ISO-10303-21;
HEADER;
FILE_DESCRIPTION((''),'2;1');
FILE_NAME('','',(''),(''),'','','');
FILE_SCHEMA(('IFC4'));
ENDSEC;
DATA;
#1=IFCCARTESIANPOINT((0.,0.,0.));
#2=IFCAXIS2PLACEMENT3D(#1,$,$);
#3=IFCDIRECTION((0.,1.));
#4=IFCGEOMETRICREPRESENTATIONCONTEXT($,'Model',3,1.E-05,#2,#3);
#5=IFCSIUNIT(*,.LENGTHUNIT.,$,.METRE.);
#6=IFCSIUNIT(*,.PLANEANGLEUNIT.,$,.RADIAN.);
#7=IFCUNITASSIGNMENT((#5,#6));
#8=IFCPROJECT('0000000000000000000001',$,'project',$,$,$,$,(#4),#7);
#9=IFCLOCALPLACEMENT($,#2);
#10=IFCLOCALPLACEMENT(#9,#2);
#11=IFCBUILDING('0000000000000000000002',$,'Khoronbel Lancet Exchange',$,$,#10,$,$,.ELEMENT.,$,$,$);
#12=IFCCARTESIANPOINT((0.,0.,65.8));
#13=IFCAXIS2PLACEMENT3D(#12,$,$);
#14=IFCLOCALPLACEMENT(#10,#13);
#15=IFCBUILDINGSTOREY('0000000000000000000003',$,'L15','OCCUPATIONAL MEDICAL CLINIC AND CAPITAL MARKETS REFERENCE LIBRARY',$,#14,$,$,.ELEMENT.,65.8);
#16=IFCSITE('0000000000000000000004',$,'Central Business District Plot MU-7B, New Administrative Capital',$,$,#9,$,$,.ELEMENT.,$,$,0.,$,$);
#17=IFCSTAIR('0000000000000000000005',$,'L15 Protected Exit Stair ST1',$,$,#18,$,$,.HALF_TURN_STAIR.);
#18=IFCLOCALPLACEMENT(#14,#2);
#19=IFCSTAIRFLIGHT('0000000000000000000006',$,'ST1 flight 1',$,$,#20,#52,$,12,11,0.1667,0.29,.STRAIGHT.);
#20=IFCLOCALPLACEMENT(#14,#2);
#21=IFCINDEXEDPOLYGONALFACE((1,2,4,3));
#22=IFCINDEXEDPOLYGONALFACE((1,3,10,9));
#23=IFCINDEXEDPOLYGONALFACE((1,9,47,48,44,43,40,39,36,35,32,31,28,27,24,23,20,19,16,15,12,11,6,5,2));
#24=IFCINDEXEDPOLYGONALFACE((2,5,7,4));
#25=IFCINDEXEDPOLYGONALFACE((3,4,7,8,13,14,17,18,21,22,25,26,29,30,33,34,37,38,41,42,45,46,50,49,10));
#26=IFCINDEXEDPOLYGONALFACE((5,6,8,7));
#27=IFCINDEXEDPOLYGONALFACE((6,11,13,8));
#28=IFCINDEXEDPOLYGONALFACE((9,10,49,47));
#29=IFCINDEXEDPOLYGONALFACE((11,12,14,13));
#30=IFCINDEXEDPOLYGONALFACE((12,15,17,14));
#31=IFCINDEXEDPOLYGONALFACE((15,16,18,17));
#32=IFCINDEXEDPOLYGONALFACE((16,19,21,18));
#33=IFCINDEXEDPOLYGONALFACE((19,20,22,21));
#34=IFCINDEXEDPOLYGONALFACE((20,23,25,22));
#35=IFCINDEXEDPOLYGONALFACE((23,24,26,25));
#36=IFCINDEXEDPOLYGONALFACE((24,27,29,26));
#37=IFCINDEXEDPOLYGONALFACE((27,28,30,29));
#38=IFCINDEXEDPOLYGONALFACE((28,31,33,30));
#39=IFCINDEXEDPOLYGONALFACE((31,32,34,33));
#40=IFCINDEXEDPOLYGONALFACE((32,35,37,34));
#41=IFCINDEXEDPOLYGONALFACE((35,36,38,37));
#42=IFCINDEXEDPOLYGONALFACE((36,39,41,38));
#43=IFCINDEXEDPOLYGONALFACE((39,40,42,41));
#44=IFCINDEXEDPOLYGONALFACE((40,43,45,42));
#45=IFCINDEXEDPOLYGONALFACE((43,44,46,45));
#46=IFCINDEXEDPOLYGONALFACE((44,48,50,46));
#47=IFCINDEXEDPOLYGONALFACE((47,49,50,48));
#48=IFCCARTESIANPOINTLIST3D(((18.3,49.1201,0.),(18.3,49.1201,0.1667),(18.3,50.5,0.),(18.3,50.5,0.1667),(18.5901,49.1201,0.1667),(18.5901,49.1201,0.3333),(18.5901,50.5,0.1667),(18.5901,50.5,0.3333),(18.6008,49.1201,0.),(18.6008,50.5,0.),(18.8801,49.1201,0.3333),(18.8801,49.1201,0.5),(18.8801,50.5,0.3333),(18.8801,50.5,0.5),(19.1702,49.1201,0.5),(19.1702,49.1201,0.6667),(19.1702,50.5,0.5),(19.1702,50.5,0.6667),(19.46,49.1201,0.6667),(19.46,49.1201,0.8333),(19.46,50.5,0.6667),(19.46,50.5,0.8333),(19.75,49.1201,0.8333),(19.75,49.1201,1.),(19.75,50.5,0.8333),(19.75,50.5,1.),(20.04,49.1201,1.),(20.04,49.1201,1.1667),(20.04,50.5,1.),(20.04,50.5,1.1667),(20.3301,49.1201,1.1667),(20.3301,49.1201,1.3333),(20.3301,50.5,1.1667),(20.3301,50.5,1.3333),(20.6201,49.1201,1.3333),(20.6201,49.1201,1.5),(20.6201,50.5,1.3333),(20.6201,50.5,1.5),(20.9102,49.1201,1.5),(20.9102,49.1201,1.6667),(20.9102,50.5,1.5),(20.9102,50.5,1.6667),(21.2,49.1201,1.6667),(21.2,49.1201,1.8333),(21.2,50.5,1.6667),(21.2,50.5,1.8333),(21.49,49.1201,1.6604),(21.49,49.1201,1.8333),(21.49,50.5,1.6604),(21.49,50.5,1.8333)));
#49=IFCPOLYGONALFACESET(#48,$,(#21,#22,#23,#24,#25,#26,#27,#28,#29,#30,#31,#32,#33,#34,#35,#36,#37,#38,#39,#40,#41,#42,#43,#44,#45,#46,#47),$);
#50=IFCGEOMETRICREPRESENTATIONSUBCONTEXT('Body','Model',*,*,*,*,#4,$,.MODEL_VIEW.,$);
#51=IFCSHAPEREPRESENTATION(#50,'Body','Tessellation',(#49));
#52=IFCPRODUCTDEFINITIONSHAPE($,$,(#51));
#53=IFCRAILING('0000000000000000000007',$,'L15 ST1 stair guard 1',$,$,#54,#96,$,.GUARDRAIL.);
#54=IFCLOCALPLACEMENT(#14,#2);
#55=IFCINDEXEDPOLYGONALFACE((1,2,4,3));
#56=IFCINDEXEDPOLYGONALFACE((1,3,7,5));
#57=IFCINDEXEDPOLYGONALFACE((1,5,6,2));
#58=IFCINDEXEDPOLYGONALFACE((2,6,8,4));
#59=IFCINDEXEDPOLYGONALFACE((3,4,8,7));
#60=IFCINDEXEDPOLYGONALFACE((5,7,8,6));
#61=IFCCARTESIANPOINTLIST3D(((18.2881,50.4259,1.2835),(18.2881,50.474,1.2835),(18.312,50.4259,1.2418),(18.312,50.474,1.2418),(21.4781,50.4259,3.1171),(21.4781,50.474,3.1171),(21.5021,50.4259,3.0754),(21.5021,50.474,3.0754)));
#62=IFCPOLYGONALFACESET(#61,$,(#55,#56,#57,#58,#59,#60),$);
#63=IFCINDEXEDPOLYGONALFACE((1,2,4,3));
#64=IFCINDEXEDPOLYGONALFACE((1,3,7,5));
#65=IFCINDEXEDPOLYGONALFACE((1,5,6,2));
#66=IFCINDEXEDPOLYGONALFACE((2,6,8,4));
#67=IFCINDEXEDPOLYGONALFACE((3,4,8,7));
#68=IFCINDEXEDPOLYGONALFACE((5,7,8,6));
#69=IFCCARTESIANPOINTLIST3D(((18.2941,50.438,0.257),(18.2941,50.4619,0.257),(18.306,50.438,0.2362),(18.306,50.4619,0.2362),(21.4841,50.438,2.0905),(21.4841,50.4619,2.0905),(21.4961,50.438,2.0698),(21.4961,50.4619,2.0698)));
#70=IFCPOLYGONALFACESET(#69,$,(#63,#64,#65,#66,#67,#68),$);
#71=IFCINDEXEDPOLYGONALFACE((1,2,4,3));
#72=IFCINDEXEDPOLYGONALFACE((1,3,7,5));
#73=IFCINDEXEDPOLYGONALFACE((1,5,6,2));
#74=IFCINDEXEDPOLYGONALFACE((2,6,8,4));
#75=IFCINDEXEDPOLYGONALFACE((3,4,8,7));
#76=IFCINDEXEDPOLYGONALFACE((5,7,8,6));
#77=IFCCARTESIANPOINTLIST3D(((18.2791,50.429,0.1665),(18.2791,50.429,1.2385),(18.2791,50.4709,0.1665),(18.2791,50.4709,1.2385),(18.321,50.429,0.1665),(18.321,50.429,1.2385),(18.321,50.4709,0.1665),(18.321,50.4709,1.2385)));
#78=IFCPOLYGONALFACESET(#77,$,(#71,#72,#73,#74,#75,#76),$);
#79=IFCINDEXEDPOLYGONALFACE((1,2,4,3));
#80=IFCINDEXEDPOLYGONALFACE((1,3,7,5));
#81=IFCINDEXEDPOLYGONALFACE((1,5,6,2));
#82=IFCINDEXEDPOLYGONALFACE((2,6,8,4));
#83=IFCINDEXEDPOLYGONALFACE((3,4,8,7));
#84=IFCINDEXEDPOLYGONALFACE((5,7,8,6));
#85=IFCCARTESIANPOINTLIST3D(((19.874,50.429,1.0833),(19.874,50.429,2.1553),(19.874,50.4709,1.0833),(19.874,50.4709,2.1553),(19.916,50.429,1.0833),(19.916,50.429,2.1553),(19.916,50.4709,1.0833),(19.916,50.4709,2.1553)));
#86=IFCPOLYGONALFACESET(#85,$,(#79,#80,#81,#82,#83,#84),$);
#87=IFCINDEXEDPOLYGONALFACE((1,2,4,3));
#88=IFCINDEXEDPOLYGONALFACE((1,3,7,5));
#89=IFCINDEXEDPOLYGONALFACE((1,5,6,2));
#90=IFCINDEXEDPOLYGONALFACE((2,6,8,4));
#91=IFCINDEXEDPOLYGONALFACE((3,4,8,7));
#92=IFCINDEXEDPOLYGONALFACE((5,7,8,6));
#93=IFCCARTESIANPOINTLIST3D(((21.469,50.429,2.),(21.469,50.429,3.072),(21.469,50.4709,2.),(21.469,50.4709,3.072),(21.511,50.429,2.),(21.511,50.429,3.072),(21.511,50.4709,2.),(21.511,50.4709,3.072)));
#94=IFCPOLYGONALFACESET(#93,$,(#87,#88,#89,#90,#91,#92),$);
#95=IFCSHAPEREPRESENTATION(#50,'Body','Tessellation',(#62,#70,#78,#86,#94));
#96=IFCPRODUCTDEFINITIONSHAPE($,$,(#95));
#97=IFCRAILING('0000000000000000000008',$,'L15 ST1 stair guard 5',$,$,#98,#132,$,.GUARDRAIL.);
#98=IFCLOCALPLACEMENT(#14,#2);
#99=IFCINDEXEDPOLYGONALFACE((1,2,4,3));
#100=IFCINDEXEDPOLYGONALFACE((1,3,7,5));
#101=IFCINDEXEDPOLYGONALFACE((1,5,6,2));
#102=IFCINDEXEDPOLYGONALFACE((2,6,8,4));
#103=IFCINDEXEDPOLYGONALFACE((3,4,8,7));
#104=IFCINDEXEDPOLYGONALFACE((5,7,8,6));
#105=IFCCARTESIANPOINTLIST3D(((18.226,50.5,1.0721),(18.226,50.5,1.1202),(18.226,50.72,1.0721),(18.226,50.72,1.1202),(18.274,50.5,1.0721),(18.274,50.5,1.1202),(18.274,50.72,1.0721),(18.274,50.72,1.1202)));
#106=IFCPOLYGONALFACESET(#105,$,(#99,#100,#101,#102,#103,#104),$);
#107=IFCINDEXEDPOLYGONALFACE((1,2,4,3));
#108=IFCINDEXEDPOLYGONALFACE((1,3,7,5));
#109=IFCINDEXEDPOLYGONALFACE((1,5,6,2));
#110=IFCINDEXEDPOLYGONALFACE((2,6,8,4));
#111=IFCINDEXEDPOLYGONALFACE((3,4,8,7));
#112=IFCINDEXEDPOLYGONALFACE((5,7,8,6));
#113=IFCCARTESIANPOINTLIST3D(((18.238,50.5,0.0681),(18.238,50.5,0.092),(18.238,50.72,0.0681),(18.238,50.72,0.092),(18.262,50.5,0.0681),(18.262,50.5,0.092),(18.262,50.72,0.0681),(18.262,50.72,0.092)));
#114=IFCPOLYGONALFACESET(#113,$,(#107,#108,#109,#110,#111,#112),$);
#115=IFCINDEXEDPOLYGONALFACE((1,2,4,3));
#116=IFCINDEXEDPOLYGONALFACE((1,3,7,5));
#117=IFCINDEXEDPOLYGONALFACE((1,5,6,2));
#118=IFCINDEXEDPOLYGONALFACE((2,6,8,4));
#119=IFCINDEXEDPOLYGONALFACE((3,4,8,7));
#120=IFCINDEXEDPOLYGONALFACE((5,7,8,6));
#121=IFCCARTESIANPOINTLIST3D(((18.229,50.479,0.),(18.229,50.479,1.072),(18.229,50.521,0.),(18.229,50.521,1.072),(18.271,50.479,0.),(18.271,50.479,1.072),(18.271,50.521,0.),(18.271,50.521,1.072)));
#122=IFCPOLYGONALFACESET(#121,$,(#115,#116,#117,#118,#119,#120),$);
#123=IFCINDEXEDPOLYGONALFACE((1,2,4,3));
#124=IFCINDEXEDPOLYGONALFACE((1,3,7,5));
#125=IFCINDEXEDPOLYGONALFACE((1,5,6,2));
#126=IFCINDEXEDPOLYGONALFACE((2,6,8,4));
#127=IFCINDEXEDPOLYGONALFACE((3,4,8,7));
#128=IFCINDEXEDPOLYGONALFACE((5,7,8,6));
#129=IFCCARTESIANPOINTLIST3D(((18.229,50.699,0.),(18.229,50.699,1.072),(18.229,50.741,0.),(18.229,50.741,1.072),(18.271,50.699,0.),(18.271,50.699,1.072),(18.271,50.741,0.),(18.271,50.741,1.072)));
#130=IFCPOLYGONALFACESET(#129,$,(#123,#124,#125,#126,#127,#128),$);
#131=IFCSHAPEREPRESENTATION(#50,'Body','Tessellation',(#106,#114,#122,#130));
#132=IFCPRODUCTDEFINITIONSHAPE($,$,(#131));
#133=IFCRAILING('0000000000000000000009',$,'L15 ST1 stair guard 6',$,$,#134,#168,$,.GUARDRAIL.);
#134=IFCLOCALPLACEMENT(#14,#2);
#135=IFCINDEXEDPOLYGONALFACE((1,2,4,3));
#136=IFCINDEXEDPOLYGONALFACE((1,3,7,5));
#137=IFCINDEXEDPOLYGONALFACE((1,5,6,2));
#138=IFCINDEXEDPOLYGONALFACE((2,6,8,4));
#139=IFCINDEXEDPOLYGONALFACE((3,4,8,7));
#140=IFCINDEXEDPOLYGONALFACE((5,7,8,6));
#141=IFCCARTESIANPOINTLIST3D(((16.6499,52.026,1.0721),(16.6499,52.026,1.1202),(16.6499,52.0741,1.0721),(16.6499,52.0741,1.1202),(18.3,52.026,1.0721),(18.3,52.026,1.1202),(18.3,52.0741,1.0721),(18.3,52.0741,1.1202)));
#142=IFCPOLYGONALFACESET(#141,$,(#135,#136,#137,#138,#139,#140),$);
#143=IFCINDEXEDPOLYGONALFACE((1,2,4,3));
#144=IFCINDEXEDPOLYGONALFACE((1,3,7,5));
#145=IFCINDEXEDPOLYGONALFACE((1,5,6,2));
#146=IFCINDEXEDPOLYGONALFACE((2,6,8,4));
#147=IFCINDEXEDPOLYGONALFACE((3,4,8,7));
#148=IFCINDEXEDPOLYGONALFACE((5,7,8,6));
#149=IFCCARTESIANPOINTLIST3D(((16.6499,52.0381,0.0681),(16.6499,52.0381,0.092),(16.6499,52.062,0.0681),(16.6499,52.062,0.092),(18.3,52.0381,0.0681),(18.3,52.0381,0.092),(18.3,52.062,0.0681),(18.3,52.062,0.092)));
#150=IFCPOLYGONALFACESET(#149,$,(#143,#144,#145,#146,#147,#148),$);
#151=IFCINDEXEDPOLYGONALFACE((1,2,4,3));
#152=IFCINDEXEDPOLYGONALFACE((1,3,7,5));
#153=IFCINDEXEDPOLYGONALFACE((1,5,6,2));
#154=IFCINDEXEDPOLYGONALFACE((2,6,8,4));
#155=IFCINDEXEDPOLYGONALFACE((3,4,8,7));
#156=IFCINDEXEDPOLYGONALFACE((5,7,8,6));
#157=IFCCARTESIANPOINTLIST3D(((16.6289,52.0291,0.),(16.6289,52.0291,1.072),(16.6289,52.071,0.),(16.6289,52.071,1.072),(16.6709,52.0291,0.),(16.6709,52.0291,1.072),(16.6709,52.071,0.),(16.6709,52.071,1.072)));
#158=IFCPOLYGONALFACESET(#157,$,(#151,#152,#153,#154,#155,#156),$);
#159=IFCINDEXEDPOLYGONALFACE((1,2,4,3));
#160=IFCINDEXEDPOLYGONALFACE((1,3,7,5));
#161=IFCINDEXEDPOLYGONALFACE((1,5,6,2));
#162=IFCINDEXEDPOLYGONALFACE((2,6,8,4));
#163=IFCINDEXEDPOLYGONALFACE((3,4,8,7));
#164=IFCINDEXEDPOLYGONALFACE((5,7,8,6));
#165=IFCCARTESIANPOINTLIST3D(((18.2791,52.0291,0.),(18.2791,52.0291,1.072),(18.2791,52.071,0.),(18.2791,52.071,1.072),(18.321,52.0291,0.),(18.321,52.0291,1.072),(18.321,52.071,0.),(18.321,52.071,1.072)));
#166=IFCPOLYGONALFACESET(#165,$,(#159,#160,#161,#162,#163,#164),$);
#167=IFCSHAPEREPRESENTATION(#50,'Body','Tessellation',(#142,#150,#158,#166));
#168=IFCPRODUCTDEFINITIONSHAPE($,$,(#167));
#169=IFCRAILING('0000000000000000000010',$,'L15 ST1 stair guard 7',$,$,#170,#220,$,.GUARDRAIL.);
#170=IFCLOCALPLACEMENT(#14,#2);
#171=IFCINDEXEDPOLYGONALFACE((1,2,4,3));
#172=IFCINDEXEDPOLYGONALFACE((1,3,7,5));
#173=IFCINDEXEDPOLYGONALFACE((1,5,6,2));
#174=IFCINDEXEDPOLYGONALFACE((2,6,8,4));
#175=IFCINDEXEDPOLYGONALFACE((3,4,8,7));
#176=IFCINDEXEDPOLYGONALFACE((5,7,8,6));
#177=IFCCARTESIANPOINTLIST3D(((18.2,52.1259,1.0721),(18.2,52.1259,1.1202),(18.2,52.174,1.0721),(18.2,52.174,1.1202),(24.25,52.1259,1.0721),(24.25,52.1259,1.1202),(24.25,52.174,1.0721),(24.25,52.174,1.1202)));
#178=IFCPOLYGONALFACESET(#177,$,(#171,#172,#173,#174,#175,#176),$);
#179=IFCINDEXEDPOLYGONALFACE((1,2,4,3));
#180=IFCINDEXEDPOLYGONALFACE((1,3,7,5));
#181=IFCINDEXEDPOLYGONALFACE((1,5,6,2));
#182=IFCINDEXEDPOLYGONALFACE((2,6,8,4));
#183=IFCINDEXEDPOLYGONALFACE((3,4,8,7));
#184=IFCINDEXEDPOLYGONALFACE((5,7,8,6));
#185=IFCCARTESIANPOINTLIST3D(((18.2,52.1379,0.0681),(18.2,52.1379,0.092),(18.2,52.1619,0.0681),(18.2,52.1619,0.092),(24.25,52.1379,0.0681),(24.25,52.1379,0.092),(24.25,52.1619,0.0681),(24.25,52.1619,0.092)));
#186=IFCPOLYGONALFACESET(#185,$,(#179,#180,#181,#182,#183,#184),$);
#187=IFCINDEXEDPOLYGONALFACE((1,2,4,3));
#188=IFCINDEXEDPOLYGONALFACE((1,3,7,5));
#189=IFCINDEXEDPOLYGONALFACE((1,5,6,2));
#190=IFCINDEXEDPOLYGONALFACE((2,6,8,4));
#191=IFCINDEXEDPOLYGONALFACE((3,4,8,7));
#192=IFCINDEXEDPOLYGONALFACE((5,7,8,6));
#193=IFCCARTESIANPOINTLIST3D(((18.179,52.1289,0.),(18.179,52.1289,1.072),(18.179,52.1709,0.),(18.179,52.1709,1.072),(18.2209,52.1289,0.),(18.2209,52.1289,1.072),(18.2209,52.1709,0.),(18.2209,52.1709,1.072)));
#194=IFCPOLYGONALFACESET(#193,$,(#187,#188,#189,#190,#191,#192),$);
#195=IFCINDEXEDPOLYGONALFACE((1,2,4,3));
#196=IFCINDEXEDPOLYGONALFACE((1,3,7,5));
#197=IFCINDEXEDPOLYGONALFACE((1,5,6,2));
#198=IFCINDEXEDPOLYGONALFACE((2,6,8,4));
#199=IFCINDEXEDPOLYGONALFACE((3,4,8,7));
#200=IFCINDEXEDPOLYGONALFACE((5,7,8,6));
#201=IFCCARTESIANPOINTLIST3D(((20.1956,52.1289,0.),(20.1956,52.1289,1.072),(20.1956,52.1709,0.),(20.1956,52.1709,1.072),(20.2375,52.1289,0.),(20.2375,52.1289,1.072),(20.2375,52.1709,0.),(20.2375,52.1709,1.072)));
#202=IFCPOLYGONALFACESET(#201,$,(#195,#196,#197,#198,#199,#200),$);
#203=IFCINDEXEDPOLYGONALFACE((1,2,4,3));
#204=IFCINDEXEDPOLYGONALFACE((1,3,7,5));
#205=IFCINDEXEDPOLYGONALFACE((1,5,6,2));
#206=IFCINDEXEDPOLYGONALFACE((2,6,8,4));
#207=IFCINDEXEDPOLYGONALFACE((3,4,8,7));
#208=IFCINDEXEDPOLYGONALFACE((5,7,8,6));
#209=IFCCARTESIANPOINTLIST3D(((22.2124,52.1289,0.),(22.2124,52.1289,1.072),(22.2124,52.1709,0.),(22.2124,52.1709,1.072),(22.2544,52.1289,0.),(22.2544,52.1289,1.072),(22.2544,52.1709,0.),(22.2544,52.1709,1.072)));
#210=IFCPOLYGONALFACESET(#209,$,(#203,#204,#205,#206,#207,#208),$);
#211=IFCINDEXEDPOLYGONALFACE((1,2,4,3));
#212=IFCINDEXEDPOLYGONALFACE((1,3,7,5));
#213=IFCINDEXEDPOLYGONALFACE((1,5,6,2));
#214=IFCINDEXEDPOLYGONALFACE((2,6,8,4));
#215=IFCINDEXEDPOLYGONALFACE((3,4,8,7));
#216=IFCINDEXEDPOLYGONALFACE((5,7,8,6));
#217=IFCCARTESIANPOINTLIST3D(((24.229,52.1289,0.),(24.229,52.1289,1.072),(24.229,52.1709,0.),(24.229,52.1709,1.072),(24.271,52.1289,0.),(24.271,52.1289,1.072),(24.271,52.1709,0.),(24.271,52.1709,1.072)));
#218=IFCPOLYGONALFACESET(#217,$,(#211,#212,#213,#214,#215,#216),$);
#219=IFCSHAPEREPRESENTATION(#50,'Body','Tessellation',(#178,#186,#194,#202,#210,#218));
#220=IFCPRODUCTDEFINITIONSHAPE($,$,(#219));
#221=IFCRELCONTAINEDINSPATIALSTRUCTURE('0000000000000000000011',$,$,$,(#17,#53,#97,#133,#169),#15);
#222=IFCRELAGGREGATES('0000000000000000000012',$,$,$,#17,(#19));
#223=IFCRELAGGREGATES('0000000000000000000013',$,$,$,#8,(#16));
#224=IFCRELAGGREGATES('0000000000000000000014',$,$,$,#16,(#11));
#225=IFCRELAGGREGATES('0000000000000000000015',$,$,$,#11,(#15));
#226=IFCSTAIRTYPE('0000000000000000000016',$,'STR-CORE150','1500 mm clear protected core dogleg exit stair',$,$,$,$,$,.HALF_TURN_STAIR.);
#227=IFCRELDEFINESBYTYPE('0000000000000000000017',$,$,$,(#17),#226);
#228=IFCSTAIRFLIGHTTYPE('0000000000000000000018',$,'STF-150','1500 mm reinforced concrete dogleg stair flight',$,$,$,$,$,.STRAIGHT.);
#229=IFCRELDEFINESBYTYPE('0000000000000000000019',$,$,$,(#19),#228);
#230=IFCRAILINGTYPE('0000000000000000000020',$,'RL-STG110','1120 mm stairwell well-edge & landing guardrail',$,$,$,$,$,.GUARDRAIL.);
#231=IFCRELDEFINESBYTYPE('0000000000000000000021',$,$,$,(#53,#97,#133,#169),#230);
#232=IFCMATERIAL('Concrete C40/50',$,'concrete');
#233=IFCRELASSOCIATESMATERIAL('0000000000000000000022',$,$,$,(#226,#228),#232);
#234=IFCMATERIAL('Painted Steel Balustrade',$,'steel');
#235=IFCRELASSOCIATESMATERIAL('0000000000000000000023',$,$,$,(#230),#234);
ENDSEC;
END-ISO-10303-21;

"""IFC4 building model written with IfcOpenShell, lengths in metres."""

from ifc_helpers import new_model, si_unit, direction, frame, origin, origin_2d, place, context, subcontext, project, spatial, polyline, rectangle, outline, extrude, material, type_object, element, aggregate, save


model = new_model("IFC4")

# Units and contexts
model_context = context("Model", 3, precision=1e-05, world=origin(), true_north=direction((0.0, 1.0)))
body_context = subcontext(model_context, "Body", "Model", "MODEL_VIEW")
ifc_project = project(units=[si_unit("LENGTHUNIT", "METRE"), si_unit("PLANEANGLEUNIT", "RADIAN")], contexts=[model_context])

# Site, building, storey
site_placement = place(None, origin())
site = spatial("IfcSite", under=ifc_project, at=site_placement, Name="Central Business District Plot MU-7B, New Administrative Capital", CompositionType="ELEMENT", RefElevation=0.0)
building_placement = place(site_placement, origin())
building = spatial("IfcBuilding", under=site, at=building_placement, Name="Khoronbel Lancet Exchange", CompositionType="ELEMENT")
storey_placement = place(building_placement, frame((0.0, 0.0, 65.8)))
storey = spatial("IfcBuildingStorey", under=building, at=storey_placement, Name="L15", Description="OCCUPATIONAL MEDICAL CLINIC AND CAPITAL MARKETS REFERENCE LIBRARY", CompositionType="ELEMENT", Elevation=65.8)

# Stair, stair flight
ifc_material_1 = material(Name="Concrete C40/50", Category="concrete")
stair_type = type_object("IfcStairType", Name="STR-CORE150", Description="1500 mm clear protected core dogleg exit stair", PredefinedType="HALF_TURN_STAIR", material=ifc_material_1)
stair_placement = place(storey_placement, origin())
stair = element("IfcStair", 1, at=stair_placement, inside=storey, type_object=stair_type, Name="L15 Protected Exit Stair ST1", PredefinedType="HALF_TURN_STAIR")
stair_flight_type = type_object("IfcStairFlightType", Name="STF-150", Description="1500 mm reinforced concrete dogleg stair flight", PredefinedType="STRAIGHT", material=ifc_material_1)
stair_flight_placement = place(storey_placement, frame((18.3, 49.8101, 0.0), z_axis=(0.0, 0.0, 1.0), x_axis=(1.0, 0.0, 0.0)))
stair_flight = element("IfcStairFlight", 2, at=stair_flight_placement, type_object=stair_flight_type, Name="ST1 flight 1", NumberOfRisers=12, NumberOfTreads=11, PredefinedType="STRAIGHT", RiserHeight=0.1667, TreadLength=0.29, context=body_context, shape_type="SweptSolid", body=[
    extrude(outline(polyline([(0.0, 0.0), (0.0, 0.1667), (0.29, 0.1667), (0.29, 0.3333), (0.5801, 0.3333), (0.5801, 0.5), (0.8701, 0.5), (0.8701, 0.6667), (1.1599, 0.6667), (1.1599, 0.8333), (1.45, 0.8333), (1.45, 1.0), (1.74, 1.0), (1.74, 1.1667), (2.03, 1.1667), (2.03, 1.3333), (2.3201, 1.3333), (2.3201, 1.5), (2.6101, 1.5), (2.6101, 1.6667), (2.8999, 1.6667), (2.8999, 1.8333), (3.1899, 1.8333), (3.1899, 2.0), (3.1899, 1.6604), (0.3008, 0.0), (0.0, 0.0)])), frame((0.0, 0.6899, 0.0), z_axis=(0.0, -1.0, 0.0), x_axis=(1.0, 0.0, 0.0)), (0.0, 0.0, 1.0), 1.3799),
])
aggregate(stair, [stair_flight])

# Railings
ifc_material_2 = material(Name="Painted Steel Balustrade", Category="steel")
railing_type_1 = type_object("IfcRailingType", Name="RL-STG110", Description="1120 mm stairwell well-edge & landing guardrail", PredefinedType="GUARDRAIL", material=ifc_material_2)
railing_1_placement = place(storey_placement, frame((18.3, 50.45, 0.1665)))
element("IfcRailing", 3, at=railing_1_placement, inside=storey, type_object=railing_type_1, Name="L15 ST1 stair guard 1", PredefinedType="GUARDRAIL", context=body_context, shape_type="SweptSolid", body=[
    extrude(rectangle(XDim=0.0481, YDim=0.0481, at=origin_2d()), frame((0.0, 0.0, 1.0962), z_axis=(0.866991, 0.0, 0.498324), x_axis=(0.0, 1.0, 0.0)), (0.0, 0.0, 1.0), 3.6794),
    extrude(rectangle(XDim=0.0239, YDim=0.0239, at=origin_2d()), frame((0.0, 0.0, 0.0801), z_axis=(0.866991, 0.0, 0.498324), x_axis=(0.0, 1.0, 0.0)), (0.0, 0.0, 1.0), 3.6794),
    extrude(rectangle(XDim=0.042, YDim=0.042, at=origin_2d()), origin(), (0.0, 0.0, 1.0), 1.072),
    extrude(rectangle(XDim=0.042, YDim=0.042, at=origin_2d()), frame((1.595, 0.0, 0.9167)), (0.0, 0.0, 1.0), 1.072),
    extrude(rectangle(XDim=0.042, YDim=0.042, at=origin_2d()), frame((3.1899, 0.0, 1.8335)), (0.0, 0.0, 1.0), 1.072),
])
railing_2_placement = place(storey_placement, frame((18.25, 50.5, 0.0)))
element("IfcRailing", 4, at=railing_2_placement, inside=storey, type_object=railing_type_1, Name="L15 ST1 stair guard 5", PredefinedType="GUARDRAIL", context=body_context, shape_type="SweptSolid", body=[
    extrude(rectangle(XDim=0.0481, YDim=0.0481, at=origin_2d()), frame((0.0, 0.0, 1.0962), z_axis=(0.0, 1.0, 0.0), x_axis=(-1.0, 0.0, 0.0)), (0.0, 0.0, 1.0), 0.22),
    extrude(rectangle(XDim=0.0239, YDim=0.0239, at=origin_2d()), frame((0.0, 0.0, 0.0801), z_axis=(0.0, 1.0, 0.0), x_axis=(-1.0, 0.0, 0.0)), (0.0, 0.0, 1.0), 0.22),
    extrude(rectangle(XDim=0.042, YDim=0.042, at=origin_2d()), origin(), (0.0, 0.0, 1.0), 1.072),
    extrude(rectangle(XDim=0.042, YDim=0.042, at=origin_2d()), frame((0.0, 0.22, 0.0)), (0.0, 0.0, 1.0), 1.072),
])
railing_3_placement = place(storey_placement, frame((16.6499, 52.05, 0.0)))
element("IfcRailing", 5, at=railing_3_placement, inside=storey, type_object=railing_type_1, Name="L15 ST1 stair guard 6", PredefinedType="GUARDRAIL", context=body_context, shape_type="SweptSolid", body=[
    extrude(rectangle(XDim=0.0481, YDim=0.0481, at=origin_2d()), frame((0.0, 0.0, 1.0962), z_axis=(1.0, 0.0, 0.0), x_axis=(0.0, 1.0, 0.0)), (0.0, 0.0, 1.0), 1.6501),
    extrude(rectangle(XDim=0.0239, YDim=0.0239, at=origin_2d()), frame((0.0, 0.0, 0.0801), z_axis=(1.0, 0.0, 0.0), x_axis=(0.0, 1.0, 0.0)), (0.0, 0.0, 1.0), 1.6501),
    extrude(rectangle(XDim=0.042, YDim=0.042, at=origin_2d()), origin(), (0.0, 0.0, 1.0), 1.072),
    extrude(rectangle(XDim=0.042, YDim=0.042, at=origin_2d()), frame((1.6501, 0.0, 0.0)), (0.0, 0.0, 1.0), 1.072),
])
railing_4_placement = place(storey_placement, frame((18.2, 52.1499, 0.0)))
element("IfcRailing", 6, at=railing_4_placement, inside=storey, type_object=railing_type_1, Name="L15 ST1 stair guard 7", PredefinedType="GUARDRAIL", context=body_context, shape_type="SweptSolid", body=[
    extrude(rectangle(XDim=0.0481, YDim=0.0481, at=origin_2d()), frame((0.0, 0.0, 1.0962), z_axis=(1.0, 0.0, 0.0), x_axis=(0.0, 1.0, 0.0)), (0.0, 0.0, 1.0), 6.05),
    extrude(rectangle(XDim=0.0239, YDim=0.0239, at=origin_2d()), frame((0.0, 0.0, 0.0801), z_axis=(1.0, 0.0, 0.0), x_axis=(0.0, 1.0, 0.0)), (0.0, 0.0, 1.0), 6.05),
    extrude(rectangle(XDim=0.042, YDim=0.042, at=origin_2d()), origin(), (0.0, 0.0, 1.0), 1.072),
    extrude(rectangle(XDim=0.042, YDim=0.042, at=origin_2d()), frame((2.0166, 0.0, 0.0)), (0.0, 0.0, 1.0), 1.072),
    extrude(rectangle(XDim=0.042, YDim=0.042, at=origin_2d()), frame((4.0334, 0.0, 0.0)), (0.0, 0.0, 1.0), 1.072),
    extrude(rectangle(XDim=0.042, YDim=0.042, at=origin_2d()), frame((6.05, 0.0, 0.0)), (0.0, 0.0, 1.0), 1.072),
])

save(model, "model.ifc")
